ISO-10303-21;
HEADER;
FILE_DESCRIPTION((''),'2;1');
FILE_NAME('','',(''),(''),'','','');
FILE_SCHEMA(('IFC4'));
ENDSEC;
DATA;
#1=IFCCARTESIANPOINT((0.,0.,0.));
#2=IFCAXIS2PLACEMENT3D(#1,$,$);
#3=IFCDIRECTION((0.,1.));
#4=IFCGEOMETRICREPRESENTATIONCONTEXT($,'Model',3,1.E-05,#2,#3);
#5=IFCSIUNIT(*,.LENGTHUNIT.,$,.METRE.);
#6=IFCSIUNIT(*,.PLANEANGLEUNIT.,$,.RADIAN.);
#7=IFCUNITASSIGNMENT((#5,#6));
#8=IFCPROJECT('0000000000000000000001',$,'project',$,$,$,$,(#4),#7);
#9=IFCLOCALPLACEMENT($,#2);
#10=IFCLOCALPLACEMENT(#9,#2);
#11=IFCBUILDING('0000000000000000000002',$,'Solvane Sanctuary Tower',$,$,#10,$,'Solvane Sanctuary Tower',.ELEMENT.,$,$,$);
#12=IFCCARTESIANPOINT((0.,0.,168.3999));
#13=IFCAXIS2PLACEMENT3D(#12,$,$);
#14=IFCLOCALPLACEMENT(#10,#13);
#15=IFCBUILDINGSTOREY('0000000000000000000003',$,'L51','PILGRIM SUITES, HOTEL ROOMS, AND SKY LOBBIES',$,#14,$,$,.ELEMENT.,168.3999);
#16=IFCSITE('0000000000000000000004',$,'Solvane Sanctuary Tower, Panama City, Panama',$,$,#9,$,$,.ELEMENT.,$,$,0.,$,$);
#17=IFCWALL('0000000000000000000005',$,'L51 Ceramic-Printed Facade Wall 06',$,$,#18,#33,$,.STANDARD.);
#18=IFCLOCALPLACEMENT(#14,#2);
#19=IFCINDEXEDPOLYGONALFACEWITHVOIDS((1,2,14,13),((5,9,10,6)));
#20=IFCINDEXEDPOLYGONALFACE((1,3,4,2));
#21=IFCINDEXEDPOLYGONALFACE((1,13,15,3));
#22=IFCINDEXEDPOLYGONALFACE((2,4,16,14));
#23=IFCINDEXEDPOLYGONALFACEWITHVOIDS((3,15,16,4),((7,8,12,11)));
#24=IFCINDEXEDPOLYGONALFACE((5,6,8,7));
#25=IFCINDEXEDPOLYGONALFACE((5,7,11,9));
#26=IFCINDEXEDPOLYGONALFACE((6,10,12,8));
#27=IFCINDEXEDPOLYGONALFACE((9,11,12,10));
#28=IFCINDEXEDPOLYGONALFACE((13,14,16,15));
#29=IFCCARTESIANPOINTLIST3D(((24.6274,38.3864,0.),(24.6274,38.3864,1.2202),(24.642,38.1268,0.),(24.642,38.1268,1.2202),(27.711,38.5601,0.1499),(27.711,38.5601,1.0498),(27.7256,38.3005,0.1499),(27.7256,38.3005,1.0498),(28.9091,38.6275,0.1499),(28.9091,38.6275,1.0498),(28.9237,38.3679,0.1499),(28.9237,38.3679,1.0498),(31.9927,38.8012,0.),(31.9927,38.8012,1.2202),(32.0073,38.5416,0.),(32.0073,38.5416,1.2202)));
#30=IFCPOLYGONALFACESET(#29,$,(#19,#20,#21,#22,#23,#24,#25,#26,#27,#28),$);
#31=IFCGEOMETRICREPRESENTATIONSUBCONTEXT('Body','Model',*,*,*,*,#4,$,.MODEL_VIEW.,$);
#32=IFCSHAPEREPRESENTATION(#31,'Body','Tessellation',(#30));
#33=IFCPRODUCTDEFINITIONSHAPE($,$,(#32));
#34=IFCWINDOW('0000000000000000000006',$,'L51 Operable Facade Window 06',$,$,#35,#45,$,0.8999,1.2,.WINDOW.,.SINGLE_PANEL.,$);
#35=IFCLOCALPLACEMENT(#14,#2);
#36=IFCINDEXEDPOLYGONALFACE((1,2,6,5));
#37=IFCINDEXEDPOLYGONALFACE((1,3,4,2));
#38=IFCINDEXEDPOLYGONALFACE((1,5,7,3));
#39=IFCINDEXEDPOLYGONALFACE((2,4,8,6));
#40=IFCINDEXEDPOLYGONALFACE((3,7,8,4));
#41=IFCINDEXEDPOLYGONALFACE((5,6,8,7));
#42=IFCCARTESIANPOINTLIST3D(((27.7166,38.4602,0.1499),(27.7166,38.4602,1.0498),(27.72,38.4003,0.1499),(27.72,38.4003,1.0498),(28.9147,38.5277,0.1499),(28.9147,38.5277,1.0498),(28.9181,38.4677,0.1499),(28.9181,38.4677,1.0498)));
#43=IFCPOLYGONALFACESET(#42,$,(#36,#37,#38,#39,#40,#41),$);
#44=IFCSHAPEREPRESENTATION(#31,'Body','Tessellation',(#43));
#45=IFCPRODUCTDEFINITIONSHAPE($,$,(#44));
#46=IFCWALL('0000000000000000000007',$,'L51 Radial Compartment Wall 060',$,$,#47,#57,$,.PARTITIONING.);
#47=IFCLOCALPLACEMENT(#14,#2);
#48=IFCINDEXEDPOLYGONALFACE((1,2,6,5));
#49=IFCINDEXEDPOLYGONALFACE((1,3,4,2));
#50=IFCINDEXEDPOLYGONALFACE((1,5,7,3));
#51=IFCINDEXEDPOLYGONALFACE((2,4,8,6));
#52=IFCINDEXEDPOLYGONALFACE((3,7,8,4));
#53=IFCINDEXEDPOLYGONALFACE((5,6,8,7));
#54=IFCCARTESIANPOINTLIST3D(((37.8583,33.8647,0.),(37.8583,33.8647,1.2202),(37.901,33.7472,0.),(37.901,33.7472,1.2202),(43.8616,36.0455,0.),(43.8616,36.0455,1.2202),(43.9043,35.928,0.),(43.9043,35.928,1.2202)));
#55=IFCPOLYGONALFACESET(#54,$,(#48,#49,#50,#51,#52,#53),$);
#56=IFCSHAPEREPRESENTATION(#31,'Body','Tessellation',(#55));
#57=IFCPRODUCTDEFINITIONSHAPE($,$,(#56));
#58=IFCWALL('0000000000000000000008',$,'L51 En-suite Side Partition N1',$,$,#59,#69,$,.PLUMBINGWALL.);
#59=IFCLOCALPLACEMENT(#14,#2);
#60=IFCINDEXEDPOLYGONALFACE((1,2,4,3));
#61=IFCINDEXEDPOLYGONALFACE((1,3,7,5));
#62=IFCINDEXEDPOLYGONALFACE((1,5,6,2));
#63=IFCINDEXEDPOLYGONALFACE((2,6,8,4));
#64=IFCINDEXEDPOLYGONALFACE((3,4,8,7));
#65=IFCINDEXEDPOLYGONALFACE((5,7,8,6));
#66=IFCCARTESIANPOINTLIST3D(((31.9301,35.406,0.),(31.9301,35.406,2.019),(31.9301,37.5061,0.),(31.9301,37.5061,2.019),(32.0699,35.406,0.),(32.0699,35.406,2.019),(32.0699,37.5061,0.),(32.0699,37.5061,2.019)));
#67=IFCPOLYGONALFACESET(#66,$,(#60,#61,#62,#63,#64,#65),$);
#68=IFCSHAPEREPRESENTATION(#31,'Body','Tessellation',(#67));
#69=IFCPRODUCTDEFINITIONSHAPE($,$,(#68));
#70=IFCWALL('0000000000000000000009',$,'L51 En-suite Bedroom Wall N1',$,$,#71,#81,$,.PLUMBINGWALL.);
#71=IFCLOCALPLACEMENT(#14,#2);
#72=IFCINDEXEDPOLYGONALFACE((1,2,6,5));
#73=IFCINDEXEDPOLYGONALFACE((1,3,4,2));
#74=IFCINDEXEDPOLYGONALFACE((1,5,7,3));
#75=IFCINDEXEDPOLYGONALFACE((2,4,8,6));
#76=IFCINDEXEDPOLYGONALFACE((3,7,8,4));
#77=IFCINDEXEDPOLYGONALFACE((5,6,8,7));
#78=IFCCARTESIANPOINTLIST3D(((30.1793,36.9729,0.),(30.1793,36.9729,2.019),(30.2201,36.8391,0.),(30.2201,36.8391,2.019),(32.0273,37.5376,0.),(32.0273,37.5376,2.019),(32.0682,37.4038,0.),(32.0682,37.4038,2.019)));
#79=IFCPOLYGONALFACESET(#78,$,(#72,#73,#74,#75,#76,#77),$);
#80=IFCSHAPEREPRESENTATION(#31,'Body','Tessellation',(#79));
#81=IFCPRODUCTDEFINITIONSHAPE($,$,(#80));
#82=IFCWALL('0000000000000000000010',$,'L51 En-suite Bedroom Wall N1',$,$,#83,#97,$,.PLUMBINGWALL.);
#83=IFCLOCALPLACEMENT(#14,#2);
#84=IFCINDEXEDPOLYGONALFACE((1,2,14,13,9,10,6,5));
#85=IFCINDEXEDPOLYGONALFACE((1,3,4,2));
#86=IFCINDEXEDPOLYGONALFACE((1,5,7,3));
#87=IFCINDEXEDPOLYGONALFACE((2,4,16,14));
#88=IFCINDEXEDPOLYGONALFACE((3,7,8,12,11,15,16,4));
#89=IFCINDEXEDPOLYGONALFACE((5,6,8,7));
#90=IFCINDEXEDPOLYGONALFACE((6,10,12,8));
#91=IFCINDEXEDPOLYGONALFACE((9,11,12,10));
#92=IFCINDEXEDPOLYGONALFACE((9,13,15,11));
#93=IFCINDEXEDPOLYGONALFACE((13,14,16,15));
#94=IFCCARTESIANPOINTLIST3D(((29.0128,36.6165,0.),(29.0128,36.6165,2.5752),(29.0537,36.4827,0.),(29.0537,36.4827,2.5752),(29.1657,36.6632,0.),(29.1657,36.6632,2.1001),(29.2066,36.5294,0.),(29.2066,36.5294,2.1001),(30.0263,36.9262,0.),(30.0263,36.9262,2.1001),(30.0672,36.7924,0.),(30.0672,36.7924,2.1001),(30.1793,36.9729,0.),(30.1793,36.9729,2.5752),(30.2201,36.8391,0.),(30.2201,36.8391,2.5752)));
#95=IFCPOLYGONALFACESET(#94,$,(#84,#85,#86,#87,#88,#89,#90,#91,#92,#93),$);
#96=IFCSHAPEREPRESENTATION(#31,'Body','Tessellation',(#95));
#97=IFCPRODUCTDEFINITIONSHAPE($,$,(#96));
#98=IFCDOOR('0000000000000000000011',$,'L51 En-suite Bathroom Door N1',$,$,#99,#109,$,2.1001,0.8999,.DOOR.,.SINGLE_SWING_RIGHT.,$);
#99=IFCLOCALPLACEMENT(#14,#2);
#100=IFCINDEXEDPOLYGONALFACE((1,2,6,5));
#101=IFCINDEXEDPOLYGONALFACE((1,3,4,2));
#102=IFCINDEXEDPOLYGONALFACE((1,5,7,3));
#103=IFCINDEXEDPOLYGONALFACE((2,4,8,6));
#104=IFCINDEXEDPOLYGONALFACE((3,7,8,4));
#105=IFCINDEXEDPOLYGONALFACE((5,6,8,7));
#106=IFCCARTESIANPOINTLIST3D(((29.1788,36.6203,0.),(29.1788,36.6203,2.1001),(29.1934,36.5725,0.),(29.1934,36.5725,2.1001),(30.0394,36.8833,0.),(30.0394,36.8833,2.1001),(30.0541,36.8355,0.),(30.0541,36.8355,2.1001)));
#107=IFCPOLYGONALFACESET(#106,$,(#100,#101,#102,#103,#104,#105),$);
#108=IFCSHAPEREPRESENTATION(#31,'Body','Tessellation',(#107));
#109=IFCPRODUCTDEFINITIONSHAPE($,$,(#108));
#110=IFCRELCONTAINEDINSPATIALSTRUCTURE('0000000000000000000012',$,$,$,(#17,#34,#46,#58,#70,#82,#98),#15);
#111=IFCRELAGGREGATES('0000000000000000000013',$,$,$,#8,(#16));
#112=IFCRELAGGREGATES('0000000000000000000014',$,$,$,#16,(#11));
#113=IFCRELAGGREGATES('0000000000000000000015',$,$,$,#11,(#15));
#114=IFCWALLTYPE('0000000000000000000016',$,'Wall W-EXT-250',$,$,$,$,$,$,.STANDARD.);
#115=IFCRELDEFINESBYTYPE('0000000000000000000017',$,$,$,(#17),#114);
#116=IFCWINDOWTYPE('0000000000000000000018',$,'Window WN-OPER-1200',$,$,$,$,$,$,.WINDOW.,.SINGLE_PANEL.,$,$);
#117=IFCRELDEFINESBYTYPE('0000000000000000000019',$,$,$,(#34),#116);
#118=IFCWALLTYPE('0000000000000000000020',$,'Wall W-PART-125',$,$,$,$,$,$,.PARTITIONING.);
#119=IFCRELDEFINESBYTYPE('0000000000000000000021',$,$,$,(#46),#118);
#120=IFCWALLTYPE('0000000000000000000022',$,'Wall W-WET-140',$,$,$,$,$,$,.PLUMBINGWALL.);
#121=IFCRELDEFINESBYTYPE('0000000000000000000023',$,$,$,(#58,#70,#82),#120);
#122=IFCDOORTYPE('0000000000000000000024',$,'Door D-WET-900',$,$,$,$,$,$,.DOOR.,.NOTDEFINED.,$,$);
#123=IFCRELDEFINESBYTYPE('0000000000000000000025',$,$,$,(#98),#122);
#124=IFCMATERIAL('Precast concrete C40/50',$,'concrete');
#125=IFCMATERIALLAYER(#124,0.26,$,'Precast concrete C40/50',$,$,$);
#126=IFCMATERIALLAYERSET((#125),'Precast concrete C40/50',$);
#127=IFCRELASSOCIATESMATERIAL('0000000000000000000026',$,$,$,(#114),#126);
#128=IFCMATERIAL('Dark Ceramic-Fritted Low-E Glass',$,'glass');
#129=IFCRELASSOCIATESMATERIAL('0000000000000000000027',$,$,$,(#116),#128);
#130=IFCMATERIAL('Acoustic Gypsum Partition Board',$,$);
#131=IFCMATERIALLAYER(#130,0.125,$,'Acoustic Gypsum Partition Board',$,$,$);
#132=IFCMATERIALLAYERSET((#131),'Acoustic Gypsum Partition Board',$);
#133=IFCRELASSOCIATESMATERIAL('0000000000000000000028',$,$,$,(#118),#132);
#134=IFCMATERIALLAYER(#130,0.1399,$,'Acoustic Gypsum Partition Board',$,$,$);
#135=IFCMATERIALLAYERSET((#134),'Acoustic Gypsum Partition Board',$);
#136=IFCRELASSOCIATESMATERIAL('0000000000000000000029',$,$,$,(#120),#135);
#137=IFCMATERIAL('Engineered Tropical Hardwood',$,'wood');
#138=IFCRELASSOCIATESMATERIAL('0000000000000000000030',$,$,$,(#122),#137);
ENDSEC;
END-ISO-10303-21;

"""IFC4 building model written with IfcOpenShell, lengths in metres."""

from ifc_helpers import new_model, si_unit, direction, frame, frame_2d, origin, place, context, subcontext, project, spatial, rectangle, extrude, material, layer, layer_set, type_object, element, fill, save


model = new_model("IFC4")

# Units and contexts
model_context = context("Model", 3, precision=1e-05, world=origin(), true_north=direction((0.0, 1.0)))
body_context = subcontext(model_context, "Body", "Model", "MODEL_VIEW")
ifc_project = project(units=[si_unit("LENGTHUNIT", "METRE"), si_unit("PLANEANGLEUNIT", "RADIAN")], contexts=[model_context])

# Site, building, storey
site_placement = place(None, origin())
site = spatial("IfcSite", under=ifc_project, at=site_placement, Name="Solvane Sanctuary Tower, Panama City, Panama", CompositionType="ELEMENT", RefElevation=0.0)
building_placement = place(site_placement, origin())
building = spatial("IfcBuilding", under=site, at=building_placement, Name="Solvane Sanctuary Tower", LongName="Solvane Sanctuary Tower", CompositionType="ELEMENT")
storey_placement = place(building_placement, frame((0.0, 0.0, 168.3999)))
storey = spatial("IfcBuildingStorey", under=building, at=storey_placement, Name="L51", Description="PILGRIM SUITES, HOTEL ROOMS, AND SKY LOBBIES", CompositionType="ELEMENT", Elevation=168.3999)

# Shared definitions
ifc_material_1 = material(Name="Acoustic Gypsum Partition Board")

# Shared definitions
ifc_material_2 = material(Name="Engineered Tropical Hardwood", Category="wood")

# Wall, opening, window
ifc_material_3 = material(Name="Precast concrete C40/50", Category="concrete")
ifc_layer_1 = layer(ifc_material_3, 0.26, Name="Precast concrete C40/50")
ifc_layer_set_1 = layer_set([ifc_layer_1], Name="Precast concrete C40/50")
wall_type_1 = type_object("IfcWallType", Name="Wall W-EXT-250", PredefinedType="STANDARD", material=ifc_layer_set_1)
ifc_material_4 = material(Name="Dark Ceramic-Fritted Low-E Glass", Category="glass")
window_type = type_object("IfcWindowType", Name="Window WN-OPER-1200", PartitioningType="SINGLE_PANEL", PredefinedType="WINDOW", material=ifc_material_4)
wall_1_placement = place(storey_placement, frame((32.0, 38.6714, 0.0), z_axis=(0.0, 0.0, 1.0), x_axis=(-0.998418, -0.056229, 0.0)))
wall_1 = element("IfcWall", 1, at=wall_1_placement, inside=storey, type_object=wall_type_1, Name="L51 Ceramic-Printed Facade Wall 06", PredefinedType="STANDARD", context=body_context, shape_type="SweptSolid", body=[
    extrude(rectangle(XDim=7.377, YDim=0.26, at=frame_2d((3.6885, 0.0))), origin(), (0.0, 0.0, 1.0), 1.2202),
])
opening_1_placement = place(wall_1_placement, frame((3.0884, 0.0, 0.1499)))
opening_1 = element("IfcOpeningElement", 2, at=opening_1_placement, cuts=wall_1, PredefinedType="OPENING", context=body_context, shape_type="SweptSolid", body=[
    extrude(rectangle(XDim=1.2, YDim=0.8999, at=frame_2d((0.6001, 0.45))), frame((0.0, 0.1399, 0.0), z_axis=(0.0, -1.0, 0.0), x_axis=(1.0, 0.0, 0.0)), (0.0, 0.0, 1.0), 0.28),
])
window_1_placement = place(opening_1_placement, origin())
window_1 = element("IfcWindow", 3, at=window_1_placement, inside=storey, type_object=window_type, Name="L51 Operable Facade Window 06", OverallHeight=0.8999, OverallWidth=1.2, PartitioningType="SINGLE_PANEL", PredefinedType="WINDOW", context=body_context, shape_type="SweptSolid", body=[
    extrude(rectangle(XDim=1.2, YDim=0.8999, at=frame_2d((0.6001, 0.45))), frame((0.0, 0.03, 0.0), z_axis=(0.0, -1.0, 0.0), x_axis=(1.0, 0.0, 0.0)), (0.0, 0.0, 1.0), 0.0601),
])
fill(opening_1, window_1)

# Walls
ifc_layer_2 = layer(ifc_material_1, 0.125, Name="Acoustic Gypsum Partition Board")
ifc_layer_set_2 = layer_set([ifc_layer_2], Name="Acoustic Gypsum Partition Board")
wall_type_2 = type_object("IfcWallType", Name="Wall W-PART-125", PredefinedType="PARTITIONING", material=ifc_layer_set_2)
wall_2_placement = place(storey_placement, frame((37.8796, 33.8059, 0.0), z_axis=(0.0, 0.0, 1.0), x_axis=(0.939902, 0.341445, 0.0)))
element("IfcWall", 4, at=wall_2_placement, inside=storey, type_object=wall_type_2, Name="L51 Radial Compartment Wall 060", PredefinedType="PARTITIONING", context=body_context, shape_type="SweptSolid", body=[
    extrude(rectangle(XDim=6.3872, YDim=0.125, at=frame_2d((3.1936, 0.0))), origin(), (0.0, 0.0, 1.0), 1.2202),
])
ifc_layer_3 = layer(ifc_material_1, 0.1399, Name="Acoustic Gypsum Partition Board")
ifc_layer_set_3 = layer_set([ifc_layer_3], Name="Acoustic Gypsum Partition Board")
wall_type_3 = type_object("IfcWallType", Name="Wall W-WET-140", PredefinedType="PLUMBINGWALL", material=ifc_layer_set_3)
wall_3_placement = place(storey_placement, frame((32.0, 35.406, 0.0), z_axis=(0.0, 0.0, 1.0), x_axis=(0.0, 1.0, 0.0)))
element("IfcWall", 5, at=wall_3_placement, inside=storey, type_object=wall_type_3, Name="L51 En-suite Side Partition N1", PredefinedType="PLUMBINGWALL", context=body_context, shape_type="SweptSolid", body=[
    extrude(rectangle(XDim=2.1001, YDim=0.1399, at=frame_2d((1.05, 0.0))), origin(), (0.0, 0.0, 1.0), 2.019),
])
wall_4_placement = place(storey_placement, frame((32.0479, 37.4707, 0.0), z_axis=(0.0, 0.0, 1.0), x_axis=(-0.956354, -0.292212, 0.0)))
element("IfcWall", 6, at=wall_4_placement, inside=storey, type_object=wall_type_3, Name="L51 En-suite Bedroom Wall N1", PredefinedType="PLUMBINGWALL", context=body_context, shape_type="SweptSolid", body=[
    extrude(rectangle(XDim=1.9324, YDim=0.1399, at=frame_2d((0.9663, 0.0))), origin(), (0.0, 0.0, 1.0), 2.019),
])

# Wall, opening, door
wall_5_placement = place(storey_placement, frame((30.1997, 36.906, 0.0), z_axis=(0.0, 0.0, 1.0), x_axis=(-0.956348, -0.292229, 0.0)))
wall_5 = element("IfcWall", 7, at=wall_5_placement, inside=storey, type_object=wall_type_3, Name="L51 En-suite Bedroom Wall N1", PredefinedType="PLUMBINGWALL", context=body_context, shape_type="SweptSolid", body=[
    extrude(rectangle(XDim=1.2197, YDim=0.1399, at=frame_2d((0.6099, 0.0))), origin(), (0.0, 0.0, 1.0), 2.5752),
])
opening_2_placement = place(wall_5_placement, frame((0.1599, 0.0, 0.0)))
opening_2 = element("IfcOpeningElement", 8, at=opening_2_placement, cuts=wall_5, PredefinedType="OPENING", context=body_context, shape_type="SweptSolid", body=[
    extrude(rectangle(XDim=0.8999, YDim=2.1001, at=frame_2d((0.45, 1.05))), frame((0.0, 0.0798, 0.0), z_axis=(0.0, -1.0, 0.0), x_axis=(1.0, 0.0, 0.0)), (0.0, 0.0, 1.0), 0.1599),
])
door_type_1 = type_object("IfcDoorType", Name="Door D-WET-900", OperationType="NOTDEFINED", PredefinedType="DOOR", material=ifc_material_2)
door_1_placement = place(opening_2_placement, origin())
door_1 = element("IfcDoor", 9, at=door_1_placement, inside=storey, type_object=door_type_1, Name="L51 En-suite Bathroom Door N1", OperationType="SINGLE_SWING_RIGHT", OverallHeight=2.1001, OverallWidth=0.8999, PredefinedType="DOOR", context=body_context, shape_type="SweptSolid", body=[
    extrude(rectangle(XDim=0.8999, YDim=2.1001, at=frame_2d((0.45, 1.05))), frame((0.0, 0.0249, 0.0), z_axis=(0.0, -1.0, 0.0), x_axis=(1.0, 0.0, 0.0)), (0.0, 0.0, 1.0), 0.05),
])
fill(opening_2, door_1)

save(model, "model.ifc")
